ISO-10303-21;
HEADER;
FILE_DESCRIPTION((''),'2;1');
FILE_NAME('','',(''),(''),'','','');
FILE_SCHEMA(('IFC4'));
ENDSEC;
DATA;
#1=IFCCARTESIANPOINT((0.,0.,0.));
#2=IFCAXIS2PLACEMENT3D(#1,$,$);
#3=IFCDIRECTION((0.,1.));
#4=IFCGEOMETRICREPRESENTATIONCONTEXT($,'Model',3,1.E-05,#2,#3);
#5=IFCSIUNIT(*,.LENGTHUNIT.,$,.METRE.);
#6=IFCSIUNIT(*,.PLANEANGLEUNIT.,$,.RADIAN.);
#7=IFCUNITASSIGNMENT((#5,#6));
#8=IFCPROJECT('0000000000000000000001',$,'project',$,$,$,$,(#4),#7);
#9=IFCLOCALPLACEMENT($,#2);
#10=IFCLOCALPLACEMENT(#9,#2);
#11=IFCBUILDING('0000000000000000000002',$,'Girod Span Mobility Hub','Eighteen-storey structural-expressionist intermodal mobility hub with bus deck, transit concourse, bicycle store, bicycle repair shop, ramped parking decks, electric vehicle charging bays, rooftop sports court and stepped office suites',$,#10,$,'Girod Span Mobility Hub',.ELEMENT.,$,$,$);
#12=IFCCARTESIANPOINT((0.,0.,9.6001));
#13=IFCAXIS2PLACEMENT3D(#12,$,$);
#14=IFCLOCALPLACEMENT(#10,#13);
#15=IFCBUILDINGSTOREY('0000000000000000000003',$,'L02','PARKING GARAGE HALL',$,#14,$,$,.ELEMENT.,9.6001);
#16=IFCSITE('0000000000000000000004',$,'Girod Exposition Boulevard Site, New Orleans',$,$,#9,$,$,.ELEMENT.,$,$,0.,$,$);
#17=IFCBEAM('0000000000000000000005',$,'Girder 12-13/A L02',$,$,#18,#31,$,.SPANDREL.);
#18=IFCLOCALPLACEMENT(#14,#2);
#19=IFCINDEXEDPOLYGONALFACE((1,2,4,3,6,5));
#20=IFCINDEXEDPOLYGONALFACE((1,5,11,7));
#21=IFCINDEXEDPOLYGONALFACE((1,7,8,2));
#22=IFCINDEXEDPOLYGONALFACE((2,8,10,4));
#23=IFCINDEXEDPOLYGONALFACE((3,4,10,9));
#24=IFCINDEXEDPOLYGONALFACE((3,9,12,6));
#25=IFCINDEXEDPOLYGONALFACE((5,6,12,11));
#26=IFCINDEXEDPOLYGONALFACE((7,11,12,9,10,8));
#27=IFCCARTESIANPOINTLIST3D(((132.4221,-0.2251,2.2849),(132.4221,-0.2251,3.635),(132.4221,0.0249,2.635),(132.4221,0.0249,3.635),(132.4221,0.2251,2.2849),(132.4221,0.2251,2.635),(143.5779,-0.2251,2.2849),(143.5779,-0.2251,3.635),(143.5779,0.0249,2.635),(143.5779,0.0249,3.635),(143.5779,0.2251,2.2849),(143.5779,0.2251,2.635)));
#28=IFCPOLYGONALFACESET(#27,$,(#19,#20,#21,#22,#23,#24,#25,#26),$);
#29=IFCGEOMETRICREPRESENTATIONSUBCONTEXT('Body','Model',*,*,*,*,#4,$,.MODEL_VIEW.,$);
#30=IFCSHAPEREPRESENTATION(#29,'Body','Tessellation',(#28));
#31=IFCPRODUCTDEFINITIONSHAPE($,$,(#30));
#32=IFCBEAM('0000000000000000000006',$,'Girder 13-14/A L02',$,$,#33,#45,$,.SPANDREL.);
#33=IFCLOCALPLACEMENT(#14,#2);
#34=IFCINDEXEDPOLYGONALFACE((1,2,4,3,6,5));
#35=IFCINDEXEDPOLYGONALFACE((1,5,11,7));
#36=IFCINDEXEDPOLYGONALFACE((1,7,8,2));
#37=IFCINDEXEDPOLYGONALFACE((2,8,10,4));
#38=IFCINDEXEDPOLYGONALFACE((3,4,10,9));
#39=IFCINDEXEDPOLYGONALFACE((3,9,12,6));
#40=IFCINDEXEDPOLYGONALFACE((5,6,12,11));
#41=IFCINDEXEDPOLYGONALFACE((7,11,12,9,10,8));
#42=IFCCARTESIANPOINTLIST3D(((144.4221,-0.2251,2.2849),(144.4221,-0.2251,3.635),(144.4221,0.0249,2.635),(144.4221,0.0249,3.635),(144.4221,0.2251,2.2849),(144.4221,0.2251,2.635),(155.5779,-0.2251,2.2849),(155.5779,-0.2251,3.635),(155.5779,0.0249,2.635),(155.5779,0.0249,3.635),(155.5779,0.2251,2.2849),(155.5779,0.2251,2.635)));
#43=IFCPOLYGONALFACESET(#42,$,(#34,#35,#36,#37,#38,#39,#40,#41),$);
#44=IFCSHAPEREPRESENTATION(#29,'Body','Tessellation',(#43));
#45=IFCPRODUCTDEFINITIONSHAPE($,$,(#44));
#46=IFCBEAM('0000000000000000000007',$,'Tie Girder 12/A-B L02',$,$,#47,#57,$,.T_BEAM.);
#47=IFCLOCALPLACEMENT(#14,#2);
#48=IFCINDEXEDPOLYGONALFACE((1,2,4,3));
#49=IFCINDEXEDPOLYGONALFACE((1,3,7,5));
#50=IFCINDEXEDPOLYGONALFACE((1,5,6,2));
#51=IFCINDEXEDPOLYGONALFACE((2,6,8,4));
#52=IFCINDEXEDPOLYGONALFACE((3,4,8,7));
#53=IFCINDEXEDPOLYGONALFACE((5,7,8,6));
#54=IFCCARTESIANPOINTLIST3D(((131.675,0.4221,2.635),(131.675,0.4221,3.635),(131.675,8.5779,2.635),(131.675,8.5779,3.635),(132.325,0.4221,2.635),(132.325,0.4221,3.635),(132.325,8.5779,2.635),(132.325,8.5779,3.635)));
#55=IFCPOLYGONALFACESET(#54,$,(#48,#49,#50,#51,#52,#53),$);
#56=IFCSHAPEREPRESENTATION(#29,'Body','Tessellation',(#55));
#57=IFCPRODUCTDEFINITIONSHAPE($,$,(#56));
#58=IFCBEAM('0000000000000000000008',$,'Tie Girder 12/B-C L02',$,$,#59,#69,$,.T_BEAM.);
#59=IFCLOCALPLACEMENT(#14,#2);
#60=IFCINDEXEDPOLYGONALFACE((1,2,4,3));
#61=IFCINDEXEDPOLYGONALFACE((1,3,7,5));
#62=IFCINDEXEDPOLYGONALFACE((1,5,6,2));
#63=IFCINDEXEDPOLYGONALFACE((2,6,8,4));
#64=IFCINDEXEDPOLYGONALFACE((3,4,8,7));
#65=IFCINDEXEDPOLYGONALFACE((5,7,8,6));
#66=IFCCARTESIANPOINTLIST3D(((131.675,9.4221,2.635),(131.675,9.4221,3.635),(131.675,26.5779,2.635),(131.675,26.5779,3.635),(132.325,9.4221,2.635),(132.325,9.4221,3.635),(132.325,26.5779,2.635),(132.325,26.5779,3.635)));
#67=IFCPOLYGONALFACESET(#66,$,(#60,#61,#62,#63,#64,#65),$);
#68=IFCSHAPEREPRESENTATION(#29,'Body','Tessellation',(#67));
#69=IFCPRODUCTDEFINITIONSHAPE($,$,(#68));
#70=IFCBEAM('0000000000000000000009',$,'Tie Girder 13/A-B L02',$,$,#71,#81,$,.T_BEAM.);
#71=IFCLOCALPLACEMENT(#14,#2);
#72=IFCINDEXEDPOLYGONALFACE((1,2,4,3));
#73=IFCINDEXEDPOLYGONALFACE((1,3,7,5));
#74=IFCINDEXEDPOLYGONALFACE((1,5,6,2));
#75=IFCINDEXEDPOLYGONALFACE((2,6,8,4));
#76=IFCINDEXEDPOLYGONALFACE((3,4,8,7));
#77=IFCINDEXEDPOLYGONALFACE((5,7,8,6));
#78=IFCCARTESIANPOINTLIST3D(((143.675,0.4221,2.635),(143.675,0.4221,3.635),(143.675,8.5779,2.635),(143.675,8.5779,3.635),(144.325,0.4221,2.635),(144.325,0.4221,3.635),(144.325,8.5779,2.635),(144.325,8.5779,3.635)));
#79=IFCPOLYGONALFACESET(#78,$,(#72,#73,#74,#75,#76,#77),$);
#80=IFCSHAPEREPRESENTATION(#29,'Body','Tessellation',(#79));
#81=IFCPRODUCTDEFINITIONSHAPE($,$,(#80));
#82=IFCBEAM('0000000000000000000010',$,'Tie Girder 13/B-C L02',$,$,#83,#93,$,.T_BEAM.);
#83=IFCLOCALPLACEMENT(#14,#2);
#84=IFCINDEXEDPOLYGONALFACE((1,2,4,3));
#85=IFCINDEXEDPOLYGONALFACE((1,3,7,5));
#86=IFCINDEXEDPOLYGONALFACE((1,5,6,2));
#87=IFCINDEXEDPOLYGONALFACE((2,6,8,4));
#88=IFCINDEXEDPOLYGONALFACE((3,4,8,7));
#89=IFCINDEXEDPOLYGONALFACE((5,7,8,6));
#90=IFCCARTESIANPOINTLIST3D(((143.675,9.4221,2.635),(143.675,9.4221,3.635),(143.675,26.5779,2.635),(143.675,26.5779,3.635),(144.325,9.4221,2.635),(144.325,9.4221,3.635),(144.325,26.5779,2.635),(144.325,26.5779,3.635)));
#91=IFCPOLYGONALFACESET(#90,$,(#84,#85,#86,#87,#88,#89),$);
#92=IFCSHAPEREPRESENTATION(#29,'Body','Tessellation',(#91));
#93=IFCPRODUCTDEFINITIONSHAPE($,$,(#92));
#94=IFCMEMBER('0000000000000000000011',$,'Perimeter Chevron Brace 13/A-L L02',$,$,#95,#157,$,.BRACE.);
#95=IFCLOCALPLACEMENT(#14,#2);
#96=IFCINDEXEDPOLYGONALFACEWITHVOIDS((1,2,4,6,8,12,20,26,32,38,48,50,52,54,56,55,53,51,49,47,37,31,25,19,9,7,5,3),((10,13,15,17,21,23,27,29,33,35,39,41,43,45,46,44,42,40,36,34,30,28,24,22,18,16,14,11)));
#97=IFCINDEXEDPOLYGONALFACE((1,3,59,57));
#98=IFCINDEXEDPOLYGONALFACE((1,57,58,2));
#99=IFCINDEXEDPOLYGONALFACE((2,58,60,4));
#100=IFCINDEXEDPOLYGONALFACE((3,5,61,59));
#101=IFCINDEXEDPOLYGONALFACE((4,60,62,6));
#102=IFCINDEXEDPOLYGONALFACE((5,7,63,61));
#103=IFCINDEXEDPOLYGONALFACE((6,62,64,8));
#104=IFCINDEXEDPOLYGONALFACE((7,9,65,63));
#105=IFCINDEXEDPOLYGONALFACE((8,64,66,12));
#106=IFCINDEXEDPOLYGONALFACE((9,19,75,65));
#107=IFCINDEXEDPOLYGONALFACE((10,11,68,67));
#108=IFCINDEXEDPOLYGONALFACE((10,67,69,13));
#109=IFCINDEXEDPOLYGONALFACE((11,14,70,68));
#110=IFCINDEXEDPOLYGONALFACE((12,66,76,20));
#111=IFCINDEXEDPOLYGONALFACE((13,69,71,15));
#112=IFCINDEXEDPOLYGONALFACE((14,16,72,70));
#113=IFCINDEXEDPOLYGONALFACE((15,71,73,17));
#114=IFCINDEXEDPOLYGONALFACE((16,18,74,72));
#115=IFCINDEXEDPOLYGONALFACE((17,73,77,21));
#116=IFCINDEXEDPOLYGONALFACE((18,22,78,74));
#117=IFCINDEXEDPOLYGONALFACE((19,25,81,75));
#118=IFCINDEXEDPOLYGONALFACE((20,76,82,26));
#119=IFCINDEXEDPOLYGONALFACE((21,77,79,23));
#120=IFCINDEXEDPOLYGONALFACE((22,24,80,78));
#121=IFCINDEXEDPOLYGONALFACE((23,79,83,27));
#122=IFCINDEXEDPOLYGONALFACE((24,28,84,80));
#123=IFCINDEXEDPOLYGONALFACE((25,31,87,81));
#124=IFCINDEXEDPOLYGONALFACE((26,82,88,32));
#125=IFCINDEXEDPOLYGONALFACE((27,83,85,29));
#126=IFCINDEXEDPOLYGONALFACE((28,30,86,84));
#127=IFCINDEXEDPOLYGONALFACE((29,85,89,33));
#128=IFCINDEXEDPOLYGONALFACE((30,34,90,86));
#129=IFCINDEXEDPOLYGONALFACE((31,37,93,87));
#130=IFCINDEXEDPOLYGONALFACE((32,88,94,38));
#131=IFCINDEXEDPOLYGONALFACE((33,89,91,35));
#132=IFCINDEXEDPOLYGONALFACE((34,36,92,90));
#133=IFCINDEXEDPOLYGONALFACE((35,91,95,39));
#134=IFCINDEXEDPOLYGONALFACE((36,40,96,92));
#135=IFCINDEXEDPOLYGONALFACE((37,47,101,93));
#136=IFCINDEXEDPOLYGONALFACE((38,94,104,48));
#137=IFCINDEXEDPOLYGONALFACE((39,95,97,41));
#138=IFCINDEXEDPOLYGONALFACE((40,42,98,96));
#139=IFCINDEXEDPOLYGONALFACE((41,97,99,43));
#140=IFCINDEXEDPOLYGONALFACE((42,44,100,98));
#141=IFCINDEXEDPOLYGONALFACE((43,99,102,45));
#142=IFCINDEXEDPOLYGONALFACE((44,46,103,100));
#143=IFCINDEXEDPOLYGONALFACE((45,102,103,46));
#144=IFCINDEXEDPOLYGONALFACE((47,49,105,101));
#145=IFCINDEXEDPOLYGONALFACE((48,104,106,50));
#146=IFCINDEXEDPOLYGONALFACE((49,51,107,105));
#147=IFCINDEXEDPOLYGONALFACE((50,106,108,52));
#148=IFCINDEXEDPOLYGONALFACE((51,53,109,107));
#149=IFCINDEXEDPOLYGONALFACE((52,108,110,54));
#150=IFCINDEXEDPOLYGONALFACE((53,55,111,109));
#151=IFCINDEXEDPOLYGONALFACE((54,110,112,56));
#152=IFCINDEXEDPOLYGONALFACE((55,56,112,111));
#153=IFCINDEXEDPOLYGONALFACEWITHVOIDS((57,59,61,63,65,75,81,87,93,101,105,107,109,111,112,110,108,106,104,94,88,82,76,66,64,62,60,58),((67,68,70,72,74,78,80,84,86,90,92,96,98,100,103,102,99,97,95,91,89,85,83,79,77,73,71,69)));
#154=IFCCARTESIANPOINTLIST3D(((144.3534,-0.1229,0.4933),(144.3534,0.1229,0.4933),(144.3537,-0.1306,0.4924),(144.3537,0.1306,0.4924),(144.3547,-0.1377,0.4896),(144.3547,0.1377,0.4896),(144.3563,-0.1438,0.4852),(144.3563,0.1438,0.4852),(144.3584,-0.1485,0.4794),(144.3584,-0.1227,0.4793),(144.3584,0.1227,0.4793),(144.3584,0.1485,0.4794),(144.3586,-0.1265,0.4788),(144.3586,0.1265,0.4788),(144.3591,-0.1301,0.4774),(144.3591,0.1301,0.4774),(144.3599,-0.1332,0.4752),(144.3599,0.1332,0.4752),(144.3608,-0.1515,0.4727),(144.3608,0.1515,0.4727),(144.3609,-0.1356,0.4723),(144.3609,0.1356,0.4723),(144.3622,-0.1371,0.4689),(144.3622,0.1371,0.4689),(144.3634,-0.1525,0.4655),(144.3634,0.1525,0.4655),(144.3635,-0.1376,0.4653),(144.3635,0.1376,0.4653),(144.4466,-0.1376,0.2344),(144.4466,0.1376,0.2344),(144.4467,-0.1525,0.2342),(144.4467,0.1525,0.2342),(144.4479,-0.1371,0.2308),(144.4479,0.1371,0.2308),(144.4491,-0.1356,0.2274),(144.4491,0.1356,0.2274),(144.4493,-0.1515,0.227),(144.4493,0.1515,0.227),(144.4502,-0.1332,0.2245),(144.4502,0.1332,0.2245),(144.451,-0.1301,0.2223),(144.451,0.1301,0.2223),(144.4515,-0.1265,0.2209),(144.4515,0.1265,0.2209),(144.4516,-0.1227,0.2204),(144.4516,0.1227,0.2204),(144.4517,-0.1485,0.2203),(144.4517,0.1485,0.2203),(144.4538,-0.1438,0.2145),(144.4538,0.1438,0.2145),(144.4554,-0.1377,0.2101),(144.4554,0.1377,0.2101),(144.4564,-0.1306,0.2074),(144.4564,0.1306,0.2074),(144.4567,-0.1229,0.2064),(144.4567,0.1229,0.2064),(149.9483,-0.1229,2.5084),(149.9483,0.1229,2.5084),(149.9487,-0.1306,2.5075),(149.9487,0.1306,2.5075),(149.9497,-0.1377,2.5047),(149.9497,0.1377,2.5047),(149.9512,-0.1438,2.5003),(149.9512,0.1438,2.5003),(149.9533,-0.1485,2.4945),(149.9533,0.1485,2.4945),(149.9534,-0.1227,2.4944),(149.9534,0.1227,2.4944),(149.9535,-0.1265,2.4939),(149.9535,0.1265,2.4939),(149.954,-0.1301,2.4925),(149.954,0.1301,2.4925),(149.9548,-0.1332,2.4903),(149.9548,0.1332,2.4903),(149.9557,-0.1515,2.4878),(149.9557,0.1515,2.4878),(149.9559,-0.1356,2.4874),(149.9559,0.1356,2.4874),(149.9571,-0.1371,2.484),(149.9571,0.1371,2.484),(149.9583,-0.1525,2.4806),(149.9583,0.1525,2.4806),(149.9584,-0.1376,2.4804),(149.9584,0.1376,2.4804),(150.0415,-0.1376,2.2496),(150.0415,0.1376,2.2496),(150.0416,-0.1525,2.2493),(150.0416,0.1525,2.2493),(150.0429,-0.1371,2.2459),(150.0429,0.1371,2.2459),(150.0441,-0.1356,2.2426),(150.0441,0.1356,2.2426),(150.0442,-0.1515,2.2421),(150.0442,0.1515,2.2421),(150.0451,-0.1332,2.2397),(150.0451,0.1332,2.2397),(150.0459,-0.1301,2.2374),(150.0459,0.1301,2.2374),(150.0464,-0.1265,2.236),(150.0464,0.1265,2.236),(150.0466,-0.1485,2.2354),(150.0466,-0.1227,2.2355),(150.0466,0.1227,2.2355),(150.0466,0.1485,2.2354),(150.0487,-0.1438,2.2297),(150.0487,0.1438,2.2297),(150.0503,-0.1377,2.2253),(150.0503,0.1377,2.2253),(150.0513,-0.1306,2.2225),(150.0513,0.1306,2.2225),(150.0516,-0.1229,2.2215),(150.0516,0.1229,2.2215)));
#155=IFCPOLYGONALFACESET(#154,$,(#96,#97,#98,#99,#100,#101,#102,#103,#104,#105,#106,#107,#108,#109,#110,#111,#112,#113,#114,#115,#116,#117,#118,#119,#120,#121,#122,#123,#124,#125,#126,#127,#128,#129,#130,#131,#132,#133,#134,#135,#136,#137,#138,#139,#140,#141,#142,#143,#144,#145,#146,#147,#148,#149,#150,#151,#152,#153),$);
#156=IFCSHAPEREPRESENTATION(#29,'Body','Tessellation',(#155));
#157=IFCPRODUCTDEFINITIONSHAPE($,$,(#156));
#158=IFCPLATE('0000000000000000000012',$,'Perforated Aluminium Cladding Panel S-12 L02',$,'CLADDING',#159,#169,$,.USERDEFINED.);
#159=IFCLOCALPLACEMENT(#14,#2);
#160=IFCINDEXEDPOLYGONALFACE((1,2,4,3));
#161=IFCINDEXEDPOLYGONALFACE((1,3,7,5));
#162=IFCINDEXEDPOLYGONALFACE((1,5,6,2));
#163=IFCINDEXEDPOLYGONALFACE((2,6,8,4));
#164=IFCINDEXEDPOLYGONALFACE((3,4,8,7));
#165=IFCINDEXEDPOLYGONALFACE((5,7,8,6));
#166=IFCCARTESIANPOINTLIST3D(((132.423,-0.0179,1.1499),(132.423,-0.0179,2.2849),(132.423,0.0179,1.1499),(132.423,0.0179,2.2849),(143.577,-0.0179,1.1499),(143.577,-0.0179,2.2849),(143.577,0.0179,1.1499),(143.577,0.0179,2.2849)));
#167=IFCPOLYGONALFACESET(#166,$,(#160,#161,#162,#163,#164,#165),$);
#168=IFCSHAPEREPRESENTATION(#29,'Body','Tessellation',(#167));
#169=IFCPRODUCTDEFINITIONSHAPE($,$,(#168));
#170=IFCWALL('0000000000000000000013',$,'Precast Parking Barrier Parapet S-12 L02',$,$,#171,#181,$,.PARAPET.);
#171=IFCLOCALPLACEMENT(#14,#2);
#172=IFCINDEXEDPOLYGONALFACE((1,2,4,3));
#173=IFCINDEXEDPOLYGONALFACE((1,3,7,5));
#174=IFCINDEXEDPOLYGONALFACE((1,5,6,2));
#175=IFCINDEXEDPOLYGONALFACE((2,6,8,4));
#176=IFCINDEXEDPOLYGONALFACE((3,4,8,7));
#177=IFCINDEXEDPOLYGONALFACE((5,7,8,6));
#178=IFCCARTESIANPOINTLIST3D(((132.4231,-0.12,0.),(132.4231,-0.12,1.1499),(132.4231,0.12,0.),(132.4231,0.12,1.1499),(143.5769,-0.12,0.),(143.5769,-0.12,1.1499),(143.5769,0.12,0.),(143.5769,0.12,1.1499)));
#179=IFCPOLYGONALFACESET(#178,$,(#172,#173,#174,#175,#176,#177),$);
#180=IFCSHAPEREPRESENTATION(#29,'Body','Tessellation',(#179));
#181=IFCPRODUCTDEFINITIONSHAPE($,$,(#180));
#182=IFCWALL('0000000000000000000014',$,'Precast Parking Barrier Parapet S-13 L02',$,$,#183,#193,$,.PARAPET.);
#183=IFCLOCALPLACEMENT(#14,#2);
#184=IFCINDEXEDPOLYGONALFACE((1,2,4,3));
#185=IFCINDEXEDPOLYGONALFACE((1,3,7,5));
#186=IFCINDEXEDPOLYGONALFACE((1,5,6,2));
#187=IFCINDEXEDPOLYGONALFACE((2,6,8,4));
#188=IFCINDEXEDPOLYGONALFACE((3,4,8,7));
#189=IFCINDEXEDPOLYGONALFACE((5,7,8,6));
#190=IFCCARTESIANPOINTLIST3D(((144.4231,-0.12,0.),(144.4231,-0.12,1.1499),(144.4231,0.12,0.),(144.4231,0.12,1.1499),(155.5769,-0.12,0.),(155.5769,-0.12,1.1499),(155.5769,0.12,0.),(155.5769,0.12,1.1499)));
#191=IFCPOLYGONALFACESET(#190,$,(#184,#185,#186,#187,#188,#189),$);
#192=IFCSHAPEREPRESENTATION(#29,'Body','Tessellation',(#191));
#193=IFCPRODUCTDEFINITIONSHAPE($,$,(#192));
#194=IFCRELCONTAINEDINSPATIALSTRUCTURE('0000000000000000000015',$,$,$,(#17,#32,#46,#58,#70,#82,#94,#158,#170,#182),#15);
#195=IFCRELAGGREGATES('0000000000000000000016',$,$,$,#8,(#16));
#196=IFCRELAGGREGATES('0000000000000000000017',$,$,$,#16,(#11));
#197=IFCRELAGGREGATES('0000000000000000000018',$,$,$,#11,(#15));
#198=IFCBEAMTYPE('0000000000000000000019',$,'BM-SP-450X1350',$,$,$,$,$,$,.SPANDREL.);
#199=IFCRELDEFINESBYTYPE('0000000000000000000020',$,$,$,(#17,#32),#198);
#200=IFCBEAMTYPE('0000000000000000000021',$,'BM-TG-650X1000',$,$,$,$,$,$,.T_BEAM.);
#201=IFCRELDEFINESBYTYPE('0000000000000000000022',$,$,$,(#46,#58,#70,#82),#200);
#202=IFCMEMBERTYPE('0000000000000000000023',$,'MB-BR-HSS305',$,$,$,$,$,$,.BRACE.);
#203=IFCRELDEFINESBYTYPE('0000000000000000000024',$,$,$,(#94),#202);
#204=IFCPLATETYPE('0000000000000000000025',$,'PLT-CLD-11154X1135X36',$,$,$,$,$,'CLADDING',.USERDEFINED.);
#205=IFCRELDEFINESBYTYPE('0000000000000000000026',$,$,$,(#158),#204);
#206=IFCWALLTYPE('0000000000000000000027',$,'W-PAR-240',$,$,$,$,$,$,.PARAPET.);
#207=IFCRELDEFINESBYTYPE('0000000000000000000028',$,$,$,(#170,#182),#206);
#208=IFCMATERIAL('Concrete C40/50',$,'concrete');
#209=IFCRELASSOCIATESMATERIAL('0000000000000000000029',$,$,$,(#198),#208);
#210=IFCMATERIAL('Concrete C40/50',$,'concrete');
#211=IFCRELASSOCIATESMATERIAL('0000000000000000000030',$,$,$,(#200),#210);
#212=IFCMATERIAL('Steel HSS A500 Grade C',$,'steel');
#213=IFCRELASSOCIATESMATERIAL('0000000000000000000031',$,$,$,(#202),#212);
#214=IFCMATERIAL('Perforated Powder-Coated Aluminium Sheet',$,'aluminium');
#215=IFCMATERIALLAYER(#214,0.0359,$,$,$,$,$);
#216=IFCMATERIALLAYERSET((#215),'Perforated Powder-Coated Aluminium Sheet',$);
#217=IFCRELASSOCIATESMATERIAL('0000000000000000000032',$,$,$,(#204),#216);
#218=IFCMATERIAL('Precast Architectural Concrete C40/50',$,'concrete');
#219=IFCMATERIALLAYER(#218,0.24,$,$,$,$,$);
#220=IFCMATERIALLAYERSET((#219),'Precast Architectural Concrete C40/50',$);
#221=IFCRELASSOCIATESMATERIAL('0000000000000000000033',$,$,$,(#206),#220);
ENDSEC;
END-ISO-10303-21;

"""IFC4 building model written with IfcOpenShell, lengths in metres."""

from ifc_helpers import new_model, si_unit, direction, frame, frame_2d, origin, origin_2d, place, context, subcontext, project, spatial, polyline, rectangle, hollow_rectangle, outline, extrude, material, layer, layer_set, material_profile, profile_set, type_object, element, save


model = new_model("IFC4")

# Units and contexts
model_context = context("Model", 3, precision=1e-05, world=origin(), true_north=direction((0.0, 1.0)))
body_context = subcontext(model_context, "Body", "Model", "MODEL_VIEW")
ifc_project = project(units=[si_unit("LENGTHUNIT", "METRE"), si_unit("PLANEANGLEUNIT", "RADIAN")], contexts=[model_context])

# Site, building, storey
site_placement = place(None, origin())
site = spatial("IfcSite", under=ifc_project, at=site_placement, Name="Girod Exposition Boulevard Site, New Orleans", CompositionType="ELEMENT", RefElevation=0.0)
building_placement = place(site_placement, origin())
building = spatial("IfcBuilding", under=site, at=building_placement, Name="Girod Span Mobility Hub", Description="Eighteen-storey structural-expressionist intermodal mobility hub with bus deck, transit concourse, bicycle store, bicycle repair shop, ramped parking decks, electric vehicle charging bays, rooftop sports court and stepped office suites", LongName="Girod Span Mobility Hub", CompositionType="ELEMENT")
storey_placement = place(building_placement, frame((0.0, 0.0, 9.6001)))
storey = spatial("IfcBuildingStorey", under=building, at=storey_placement, Name="L02", Description="PARKING GARAGE HALL", CompositionType="ELEMENT", Elevation=9.6001)

# Beams
ifc_material_1 = material(Name="Concrete C40/50", Category="concrete")
ifc_material_profile_1 = material_profile(ifc_material_1, outline(polyline([(-0.2251, -0.675), (0.2251, -0.675), (0.2251, -0.325), (0.0249, -0.325), (0.0249, 0.675), (-0.2251, 0.675), (-0.2251, -0.675)])), Name="SP-450X1350")
ifc_profile_set_1 = profile_set([ifc_material_profile_1], Name="Concrete C40/50")
beam_type_1 = type_object("IfcBeamType", Name="BM-SP-450X1350", PredefinedType="SPANDREL", material=ifc_profile_set_1)
for number, where, z_axis, x_axis, name in (
    (1, (132.4221, 0.0, 2.96), (1.0, 0.0, 0.0), (0.0, 1.0, 0.0), "Girder 12-13/A L02"),
    (2, (144.4221, 0.0, 2.96), (1.0, 0.0, 0.0), (0.0, 1.0, 0.0), "Girder 13-14/A L02"),
):
    element("IfcBeam", number, at=place(storey_placement, frame(where, z_axis=z_axis, x_axis=x_axis)), inside=storey, type_object=beam_type_1, Name=name, PredefinedType="SPANDREL", context=body_context, shape_type="SweptSolid", body=[
        extrude(outline(polyline([(-0.2251, -0.675), (0.2251, -0.675), (0.2251, -0.325), (0.0249, -0.325), (0.0249, 0.675), (-0.2251, 0.675), (-0.2251, -0.675)])), origin(), (0.0, 0.0, 1.0), 11.1558),
    ])
ifc_material_2 = material(Name="Concrete C40/50", Category="concrete")
ifc_material_profile_2 = material_profile(ifc_material_2, rectangle(XDim=0.6499, YDim=1.0, at=origin_2d()), Name="TG-650X1000")
ifc_profile_set_2 = profile_set([ifc_material_profile_2], Name="Concrete C40/50")
beam_type_2 = type_object("IfcBeamType", Name="BM-TG-650X1000", PredefinedType="T_BEAM", material=ifc_profile_set_2)
beam_1_placement = place(storey_placement, frame((132.0, 0.4221, 3.135), z_axis=(0.0, 1.0, 0.0), x_axis=(-1.0, 0.0, 0.0)))
element("IfcBeam", 3, at=beam_1_placement, inside=storey, type_object=beam_type_2, Name="Tie Girder 12/A-B L02", PredefinedType="T_BEAM", context=body_context, shape_type="SweptSolid", body=[
    extrude(rectangle(XDim=0.6499, YDim=1.0, at=origin_2d()), origin(), (0.0, 0.0, 1.0), 8.1558),
])
beam_2_placement = place(storey_placement, frame((132.0, 9.4221, 3.135), z_axis=(0.0, 1.0, 0.0), x_axis=(-1.0, 0.0, 0.0)))
element("IfcBeam", 4, at=beam_2_placement, inside=storey, type_object=beam_type_2, Name="Tie Girder 12/B-C L02", PredefinedType="T_BEAM", context=body_context, shape_type="SweptSolid", body=[
    extrude(rectangle(XDim=0.6499, YDim=1.0, at=origin_2d()), origin(), (0.0, 0.0, 1.0), 17.1558),
])
beam_3_placement = place(storey_placement, frame((144.0, 0.4221, 3.135), z_axis=(0.0, 1.0, 0.0), x_axis=(-1.0, 0.0, 0.0)))
element("IfcBeam", 5, at=beam_3_placement, inside=storey, type_object=beam_type_2, Name="Tie Girder 13/A-B L02", PredefinedType="T_BEAM", context=body_context, shape_type="SweptSolid", body=[
    extrude(rectangle(XDim=0.6499, YDim=1.0, at=origin_2d()), origin(), (0.0, 0.0, 1.0), 8.1558),
])
beam_4_placement = place(storey_placement, frame((144.0, 9.4221, 3.135), z_axis=(0.0, 1.0, 0.0), x_axis=(-1.0, 0.0, 0.0)))
element("IfcBeam", 6, at=beam_4_placement, inside=storey, type_object=beam_type_2, Name="Tie Girder 13/B-C L02", PredefinedType="T_BEAM", context=body_context, shape_type="SweptSolid", body=[
    extrude(rectangle(XDim=0.6499, YDim=1.0, at=origin_2d()), origin(), (0.0, 0.0, 1.0), 17.1558),
])

# Member
ifc_material_3 = material(Name="Steel HSS A500 Grade C", Category="steel")
ifc_material_profile_3 = material_profile(ifc_material_3, hollow_rectangle(XDim=0.3049, YDim=0.3049, WallThickness=0.0149, InnerFilletRadius=0.0149, OuterFilletRadius=0.0295, at=origin_2d()), Name="HSS305X305X16")
ifc_profile_set_3 = profile_set([ifc_material_profile_3], Name="Steel HSS A500 Grade C")
member_type = type_object("IfcMemberType", Name="MB-BR-HSS305", PredefinedType="BRACE", material=ifc_profile_set_3)
member_placement = place(storey_placement, frame((144.405, 0.0, 0.3499), z_axis=(0.940837, 0.0, 0.33886), x_axis=(0.0, 1.0, 0.0)))
element("IfcMember", 7, at=member_placement, inside=storey, type_object=member_type, Name="Perimeter Chevron Brace 13/A-L L02", PredefinedType="BRACE", context=body_context, shape_type="SweptSolid", body=[
    extrude(hollow_rectangle(XDim=0.3049, YDim=0.3049, WallThickness=0.0149, InnerFilletRadius=0.0149, OuterFilletRadius=0.0295, at=origin_2d()), origin(), (0.0, 0.0, 1.0), 5.9468),
])

# Plate
ifc_material_4 = material(Name="Perforated Powder-Coated Aluminium Sheet", Category="aluminium")
ifc_layer_1 = layer(ifc_material_4, 0.0359)
ifc_layer_set_1 = layer_set([ifc_layer_1], Name="Perforated Powder-Coated Aluminium Sheet")
plate_type = type_object("IfcPlateType", Name="PLT-CLD-11154X1135X36", ElementType="CLADDING", PredefinedType="USERDEFINED", material=ifc_layer_set_1)
plate_placement = place(storey_placement, frame((138.0, 0.0, 1.1499), z_axis=(0.0, 0.0, 1.0), x_axis=(1.0, 0.0, 0.0)))
element("IfcPlate", 8, at=plate_placement, inside=storey, type_object=plate_type, Name="Perforated Aluminium Cladding Panel S-12 L02", ObjectType="CLADDING", PredefinedType="USERDEFINED", context=body_context, shape_type="SweptSolid", body=[
    extrude(rectangle(XDim=11.1541, YDim=0.0359, at=origin_2d()), origin(), (0.0, 0.0, 1.0), 1.135),
])

# Walls
ifc_material_5 = material(Name="Precast Architectural Concrete C40/50", Category="concrete")
ifc_layer_2 = layer(ifc_material_5, 0.24)
ifc_layer_set_2 = layer_set([ifc_layer_2], Name="Precast Architectural Concrete C40/50")
wall_type = type_object("IfcWallType", Name="W-PAR-240", PredefinedType="PARAPET", material=ifc_layer_set_2)
for number, where, z_axis, x_axis, name in (
    (9, (132.4231, 0.0, 0.0), (0.0, 0.0, 1.0), (1.0, 0.0, 0.0), "Precast Parking Barrier Parapet S-12 L02"),
    (10, (144.4231, 0.0, 0.0), (0.0, 0.0, 1.0), (1.0, 0.0, 0.0), "Precast Parking Barrier Parapet S-13 L02"),
):
    element("IfcWall", number, at=place(storey_placement, frame(where, z_axis=z_axis, x_axis=x_axis)), inside=storey, type_object=wall_type, Name=name, PredefinedType="PARAPET", context=body_context, shape_type="SweptSolid", body=[
        extrude(rectangle(XDim=11.1538, YDim=0.24, at=frame_2d((5.5769, 0.0))), origin(), (0.0, 0.0, 1.0), 1.1499),
    ])

save(model, "model.ifc")
